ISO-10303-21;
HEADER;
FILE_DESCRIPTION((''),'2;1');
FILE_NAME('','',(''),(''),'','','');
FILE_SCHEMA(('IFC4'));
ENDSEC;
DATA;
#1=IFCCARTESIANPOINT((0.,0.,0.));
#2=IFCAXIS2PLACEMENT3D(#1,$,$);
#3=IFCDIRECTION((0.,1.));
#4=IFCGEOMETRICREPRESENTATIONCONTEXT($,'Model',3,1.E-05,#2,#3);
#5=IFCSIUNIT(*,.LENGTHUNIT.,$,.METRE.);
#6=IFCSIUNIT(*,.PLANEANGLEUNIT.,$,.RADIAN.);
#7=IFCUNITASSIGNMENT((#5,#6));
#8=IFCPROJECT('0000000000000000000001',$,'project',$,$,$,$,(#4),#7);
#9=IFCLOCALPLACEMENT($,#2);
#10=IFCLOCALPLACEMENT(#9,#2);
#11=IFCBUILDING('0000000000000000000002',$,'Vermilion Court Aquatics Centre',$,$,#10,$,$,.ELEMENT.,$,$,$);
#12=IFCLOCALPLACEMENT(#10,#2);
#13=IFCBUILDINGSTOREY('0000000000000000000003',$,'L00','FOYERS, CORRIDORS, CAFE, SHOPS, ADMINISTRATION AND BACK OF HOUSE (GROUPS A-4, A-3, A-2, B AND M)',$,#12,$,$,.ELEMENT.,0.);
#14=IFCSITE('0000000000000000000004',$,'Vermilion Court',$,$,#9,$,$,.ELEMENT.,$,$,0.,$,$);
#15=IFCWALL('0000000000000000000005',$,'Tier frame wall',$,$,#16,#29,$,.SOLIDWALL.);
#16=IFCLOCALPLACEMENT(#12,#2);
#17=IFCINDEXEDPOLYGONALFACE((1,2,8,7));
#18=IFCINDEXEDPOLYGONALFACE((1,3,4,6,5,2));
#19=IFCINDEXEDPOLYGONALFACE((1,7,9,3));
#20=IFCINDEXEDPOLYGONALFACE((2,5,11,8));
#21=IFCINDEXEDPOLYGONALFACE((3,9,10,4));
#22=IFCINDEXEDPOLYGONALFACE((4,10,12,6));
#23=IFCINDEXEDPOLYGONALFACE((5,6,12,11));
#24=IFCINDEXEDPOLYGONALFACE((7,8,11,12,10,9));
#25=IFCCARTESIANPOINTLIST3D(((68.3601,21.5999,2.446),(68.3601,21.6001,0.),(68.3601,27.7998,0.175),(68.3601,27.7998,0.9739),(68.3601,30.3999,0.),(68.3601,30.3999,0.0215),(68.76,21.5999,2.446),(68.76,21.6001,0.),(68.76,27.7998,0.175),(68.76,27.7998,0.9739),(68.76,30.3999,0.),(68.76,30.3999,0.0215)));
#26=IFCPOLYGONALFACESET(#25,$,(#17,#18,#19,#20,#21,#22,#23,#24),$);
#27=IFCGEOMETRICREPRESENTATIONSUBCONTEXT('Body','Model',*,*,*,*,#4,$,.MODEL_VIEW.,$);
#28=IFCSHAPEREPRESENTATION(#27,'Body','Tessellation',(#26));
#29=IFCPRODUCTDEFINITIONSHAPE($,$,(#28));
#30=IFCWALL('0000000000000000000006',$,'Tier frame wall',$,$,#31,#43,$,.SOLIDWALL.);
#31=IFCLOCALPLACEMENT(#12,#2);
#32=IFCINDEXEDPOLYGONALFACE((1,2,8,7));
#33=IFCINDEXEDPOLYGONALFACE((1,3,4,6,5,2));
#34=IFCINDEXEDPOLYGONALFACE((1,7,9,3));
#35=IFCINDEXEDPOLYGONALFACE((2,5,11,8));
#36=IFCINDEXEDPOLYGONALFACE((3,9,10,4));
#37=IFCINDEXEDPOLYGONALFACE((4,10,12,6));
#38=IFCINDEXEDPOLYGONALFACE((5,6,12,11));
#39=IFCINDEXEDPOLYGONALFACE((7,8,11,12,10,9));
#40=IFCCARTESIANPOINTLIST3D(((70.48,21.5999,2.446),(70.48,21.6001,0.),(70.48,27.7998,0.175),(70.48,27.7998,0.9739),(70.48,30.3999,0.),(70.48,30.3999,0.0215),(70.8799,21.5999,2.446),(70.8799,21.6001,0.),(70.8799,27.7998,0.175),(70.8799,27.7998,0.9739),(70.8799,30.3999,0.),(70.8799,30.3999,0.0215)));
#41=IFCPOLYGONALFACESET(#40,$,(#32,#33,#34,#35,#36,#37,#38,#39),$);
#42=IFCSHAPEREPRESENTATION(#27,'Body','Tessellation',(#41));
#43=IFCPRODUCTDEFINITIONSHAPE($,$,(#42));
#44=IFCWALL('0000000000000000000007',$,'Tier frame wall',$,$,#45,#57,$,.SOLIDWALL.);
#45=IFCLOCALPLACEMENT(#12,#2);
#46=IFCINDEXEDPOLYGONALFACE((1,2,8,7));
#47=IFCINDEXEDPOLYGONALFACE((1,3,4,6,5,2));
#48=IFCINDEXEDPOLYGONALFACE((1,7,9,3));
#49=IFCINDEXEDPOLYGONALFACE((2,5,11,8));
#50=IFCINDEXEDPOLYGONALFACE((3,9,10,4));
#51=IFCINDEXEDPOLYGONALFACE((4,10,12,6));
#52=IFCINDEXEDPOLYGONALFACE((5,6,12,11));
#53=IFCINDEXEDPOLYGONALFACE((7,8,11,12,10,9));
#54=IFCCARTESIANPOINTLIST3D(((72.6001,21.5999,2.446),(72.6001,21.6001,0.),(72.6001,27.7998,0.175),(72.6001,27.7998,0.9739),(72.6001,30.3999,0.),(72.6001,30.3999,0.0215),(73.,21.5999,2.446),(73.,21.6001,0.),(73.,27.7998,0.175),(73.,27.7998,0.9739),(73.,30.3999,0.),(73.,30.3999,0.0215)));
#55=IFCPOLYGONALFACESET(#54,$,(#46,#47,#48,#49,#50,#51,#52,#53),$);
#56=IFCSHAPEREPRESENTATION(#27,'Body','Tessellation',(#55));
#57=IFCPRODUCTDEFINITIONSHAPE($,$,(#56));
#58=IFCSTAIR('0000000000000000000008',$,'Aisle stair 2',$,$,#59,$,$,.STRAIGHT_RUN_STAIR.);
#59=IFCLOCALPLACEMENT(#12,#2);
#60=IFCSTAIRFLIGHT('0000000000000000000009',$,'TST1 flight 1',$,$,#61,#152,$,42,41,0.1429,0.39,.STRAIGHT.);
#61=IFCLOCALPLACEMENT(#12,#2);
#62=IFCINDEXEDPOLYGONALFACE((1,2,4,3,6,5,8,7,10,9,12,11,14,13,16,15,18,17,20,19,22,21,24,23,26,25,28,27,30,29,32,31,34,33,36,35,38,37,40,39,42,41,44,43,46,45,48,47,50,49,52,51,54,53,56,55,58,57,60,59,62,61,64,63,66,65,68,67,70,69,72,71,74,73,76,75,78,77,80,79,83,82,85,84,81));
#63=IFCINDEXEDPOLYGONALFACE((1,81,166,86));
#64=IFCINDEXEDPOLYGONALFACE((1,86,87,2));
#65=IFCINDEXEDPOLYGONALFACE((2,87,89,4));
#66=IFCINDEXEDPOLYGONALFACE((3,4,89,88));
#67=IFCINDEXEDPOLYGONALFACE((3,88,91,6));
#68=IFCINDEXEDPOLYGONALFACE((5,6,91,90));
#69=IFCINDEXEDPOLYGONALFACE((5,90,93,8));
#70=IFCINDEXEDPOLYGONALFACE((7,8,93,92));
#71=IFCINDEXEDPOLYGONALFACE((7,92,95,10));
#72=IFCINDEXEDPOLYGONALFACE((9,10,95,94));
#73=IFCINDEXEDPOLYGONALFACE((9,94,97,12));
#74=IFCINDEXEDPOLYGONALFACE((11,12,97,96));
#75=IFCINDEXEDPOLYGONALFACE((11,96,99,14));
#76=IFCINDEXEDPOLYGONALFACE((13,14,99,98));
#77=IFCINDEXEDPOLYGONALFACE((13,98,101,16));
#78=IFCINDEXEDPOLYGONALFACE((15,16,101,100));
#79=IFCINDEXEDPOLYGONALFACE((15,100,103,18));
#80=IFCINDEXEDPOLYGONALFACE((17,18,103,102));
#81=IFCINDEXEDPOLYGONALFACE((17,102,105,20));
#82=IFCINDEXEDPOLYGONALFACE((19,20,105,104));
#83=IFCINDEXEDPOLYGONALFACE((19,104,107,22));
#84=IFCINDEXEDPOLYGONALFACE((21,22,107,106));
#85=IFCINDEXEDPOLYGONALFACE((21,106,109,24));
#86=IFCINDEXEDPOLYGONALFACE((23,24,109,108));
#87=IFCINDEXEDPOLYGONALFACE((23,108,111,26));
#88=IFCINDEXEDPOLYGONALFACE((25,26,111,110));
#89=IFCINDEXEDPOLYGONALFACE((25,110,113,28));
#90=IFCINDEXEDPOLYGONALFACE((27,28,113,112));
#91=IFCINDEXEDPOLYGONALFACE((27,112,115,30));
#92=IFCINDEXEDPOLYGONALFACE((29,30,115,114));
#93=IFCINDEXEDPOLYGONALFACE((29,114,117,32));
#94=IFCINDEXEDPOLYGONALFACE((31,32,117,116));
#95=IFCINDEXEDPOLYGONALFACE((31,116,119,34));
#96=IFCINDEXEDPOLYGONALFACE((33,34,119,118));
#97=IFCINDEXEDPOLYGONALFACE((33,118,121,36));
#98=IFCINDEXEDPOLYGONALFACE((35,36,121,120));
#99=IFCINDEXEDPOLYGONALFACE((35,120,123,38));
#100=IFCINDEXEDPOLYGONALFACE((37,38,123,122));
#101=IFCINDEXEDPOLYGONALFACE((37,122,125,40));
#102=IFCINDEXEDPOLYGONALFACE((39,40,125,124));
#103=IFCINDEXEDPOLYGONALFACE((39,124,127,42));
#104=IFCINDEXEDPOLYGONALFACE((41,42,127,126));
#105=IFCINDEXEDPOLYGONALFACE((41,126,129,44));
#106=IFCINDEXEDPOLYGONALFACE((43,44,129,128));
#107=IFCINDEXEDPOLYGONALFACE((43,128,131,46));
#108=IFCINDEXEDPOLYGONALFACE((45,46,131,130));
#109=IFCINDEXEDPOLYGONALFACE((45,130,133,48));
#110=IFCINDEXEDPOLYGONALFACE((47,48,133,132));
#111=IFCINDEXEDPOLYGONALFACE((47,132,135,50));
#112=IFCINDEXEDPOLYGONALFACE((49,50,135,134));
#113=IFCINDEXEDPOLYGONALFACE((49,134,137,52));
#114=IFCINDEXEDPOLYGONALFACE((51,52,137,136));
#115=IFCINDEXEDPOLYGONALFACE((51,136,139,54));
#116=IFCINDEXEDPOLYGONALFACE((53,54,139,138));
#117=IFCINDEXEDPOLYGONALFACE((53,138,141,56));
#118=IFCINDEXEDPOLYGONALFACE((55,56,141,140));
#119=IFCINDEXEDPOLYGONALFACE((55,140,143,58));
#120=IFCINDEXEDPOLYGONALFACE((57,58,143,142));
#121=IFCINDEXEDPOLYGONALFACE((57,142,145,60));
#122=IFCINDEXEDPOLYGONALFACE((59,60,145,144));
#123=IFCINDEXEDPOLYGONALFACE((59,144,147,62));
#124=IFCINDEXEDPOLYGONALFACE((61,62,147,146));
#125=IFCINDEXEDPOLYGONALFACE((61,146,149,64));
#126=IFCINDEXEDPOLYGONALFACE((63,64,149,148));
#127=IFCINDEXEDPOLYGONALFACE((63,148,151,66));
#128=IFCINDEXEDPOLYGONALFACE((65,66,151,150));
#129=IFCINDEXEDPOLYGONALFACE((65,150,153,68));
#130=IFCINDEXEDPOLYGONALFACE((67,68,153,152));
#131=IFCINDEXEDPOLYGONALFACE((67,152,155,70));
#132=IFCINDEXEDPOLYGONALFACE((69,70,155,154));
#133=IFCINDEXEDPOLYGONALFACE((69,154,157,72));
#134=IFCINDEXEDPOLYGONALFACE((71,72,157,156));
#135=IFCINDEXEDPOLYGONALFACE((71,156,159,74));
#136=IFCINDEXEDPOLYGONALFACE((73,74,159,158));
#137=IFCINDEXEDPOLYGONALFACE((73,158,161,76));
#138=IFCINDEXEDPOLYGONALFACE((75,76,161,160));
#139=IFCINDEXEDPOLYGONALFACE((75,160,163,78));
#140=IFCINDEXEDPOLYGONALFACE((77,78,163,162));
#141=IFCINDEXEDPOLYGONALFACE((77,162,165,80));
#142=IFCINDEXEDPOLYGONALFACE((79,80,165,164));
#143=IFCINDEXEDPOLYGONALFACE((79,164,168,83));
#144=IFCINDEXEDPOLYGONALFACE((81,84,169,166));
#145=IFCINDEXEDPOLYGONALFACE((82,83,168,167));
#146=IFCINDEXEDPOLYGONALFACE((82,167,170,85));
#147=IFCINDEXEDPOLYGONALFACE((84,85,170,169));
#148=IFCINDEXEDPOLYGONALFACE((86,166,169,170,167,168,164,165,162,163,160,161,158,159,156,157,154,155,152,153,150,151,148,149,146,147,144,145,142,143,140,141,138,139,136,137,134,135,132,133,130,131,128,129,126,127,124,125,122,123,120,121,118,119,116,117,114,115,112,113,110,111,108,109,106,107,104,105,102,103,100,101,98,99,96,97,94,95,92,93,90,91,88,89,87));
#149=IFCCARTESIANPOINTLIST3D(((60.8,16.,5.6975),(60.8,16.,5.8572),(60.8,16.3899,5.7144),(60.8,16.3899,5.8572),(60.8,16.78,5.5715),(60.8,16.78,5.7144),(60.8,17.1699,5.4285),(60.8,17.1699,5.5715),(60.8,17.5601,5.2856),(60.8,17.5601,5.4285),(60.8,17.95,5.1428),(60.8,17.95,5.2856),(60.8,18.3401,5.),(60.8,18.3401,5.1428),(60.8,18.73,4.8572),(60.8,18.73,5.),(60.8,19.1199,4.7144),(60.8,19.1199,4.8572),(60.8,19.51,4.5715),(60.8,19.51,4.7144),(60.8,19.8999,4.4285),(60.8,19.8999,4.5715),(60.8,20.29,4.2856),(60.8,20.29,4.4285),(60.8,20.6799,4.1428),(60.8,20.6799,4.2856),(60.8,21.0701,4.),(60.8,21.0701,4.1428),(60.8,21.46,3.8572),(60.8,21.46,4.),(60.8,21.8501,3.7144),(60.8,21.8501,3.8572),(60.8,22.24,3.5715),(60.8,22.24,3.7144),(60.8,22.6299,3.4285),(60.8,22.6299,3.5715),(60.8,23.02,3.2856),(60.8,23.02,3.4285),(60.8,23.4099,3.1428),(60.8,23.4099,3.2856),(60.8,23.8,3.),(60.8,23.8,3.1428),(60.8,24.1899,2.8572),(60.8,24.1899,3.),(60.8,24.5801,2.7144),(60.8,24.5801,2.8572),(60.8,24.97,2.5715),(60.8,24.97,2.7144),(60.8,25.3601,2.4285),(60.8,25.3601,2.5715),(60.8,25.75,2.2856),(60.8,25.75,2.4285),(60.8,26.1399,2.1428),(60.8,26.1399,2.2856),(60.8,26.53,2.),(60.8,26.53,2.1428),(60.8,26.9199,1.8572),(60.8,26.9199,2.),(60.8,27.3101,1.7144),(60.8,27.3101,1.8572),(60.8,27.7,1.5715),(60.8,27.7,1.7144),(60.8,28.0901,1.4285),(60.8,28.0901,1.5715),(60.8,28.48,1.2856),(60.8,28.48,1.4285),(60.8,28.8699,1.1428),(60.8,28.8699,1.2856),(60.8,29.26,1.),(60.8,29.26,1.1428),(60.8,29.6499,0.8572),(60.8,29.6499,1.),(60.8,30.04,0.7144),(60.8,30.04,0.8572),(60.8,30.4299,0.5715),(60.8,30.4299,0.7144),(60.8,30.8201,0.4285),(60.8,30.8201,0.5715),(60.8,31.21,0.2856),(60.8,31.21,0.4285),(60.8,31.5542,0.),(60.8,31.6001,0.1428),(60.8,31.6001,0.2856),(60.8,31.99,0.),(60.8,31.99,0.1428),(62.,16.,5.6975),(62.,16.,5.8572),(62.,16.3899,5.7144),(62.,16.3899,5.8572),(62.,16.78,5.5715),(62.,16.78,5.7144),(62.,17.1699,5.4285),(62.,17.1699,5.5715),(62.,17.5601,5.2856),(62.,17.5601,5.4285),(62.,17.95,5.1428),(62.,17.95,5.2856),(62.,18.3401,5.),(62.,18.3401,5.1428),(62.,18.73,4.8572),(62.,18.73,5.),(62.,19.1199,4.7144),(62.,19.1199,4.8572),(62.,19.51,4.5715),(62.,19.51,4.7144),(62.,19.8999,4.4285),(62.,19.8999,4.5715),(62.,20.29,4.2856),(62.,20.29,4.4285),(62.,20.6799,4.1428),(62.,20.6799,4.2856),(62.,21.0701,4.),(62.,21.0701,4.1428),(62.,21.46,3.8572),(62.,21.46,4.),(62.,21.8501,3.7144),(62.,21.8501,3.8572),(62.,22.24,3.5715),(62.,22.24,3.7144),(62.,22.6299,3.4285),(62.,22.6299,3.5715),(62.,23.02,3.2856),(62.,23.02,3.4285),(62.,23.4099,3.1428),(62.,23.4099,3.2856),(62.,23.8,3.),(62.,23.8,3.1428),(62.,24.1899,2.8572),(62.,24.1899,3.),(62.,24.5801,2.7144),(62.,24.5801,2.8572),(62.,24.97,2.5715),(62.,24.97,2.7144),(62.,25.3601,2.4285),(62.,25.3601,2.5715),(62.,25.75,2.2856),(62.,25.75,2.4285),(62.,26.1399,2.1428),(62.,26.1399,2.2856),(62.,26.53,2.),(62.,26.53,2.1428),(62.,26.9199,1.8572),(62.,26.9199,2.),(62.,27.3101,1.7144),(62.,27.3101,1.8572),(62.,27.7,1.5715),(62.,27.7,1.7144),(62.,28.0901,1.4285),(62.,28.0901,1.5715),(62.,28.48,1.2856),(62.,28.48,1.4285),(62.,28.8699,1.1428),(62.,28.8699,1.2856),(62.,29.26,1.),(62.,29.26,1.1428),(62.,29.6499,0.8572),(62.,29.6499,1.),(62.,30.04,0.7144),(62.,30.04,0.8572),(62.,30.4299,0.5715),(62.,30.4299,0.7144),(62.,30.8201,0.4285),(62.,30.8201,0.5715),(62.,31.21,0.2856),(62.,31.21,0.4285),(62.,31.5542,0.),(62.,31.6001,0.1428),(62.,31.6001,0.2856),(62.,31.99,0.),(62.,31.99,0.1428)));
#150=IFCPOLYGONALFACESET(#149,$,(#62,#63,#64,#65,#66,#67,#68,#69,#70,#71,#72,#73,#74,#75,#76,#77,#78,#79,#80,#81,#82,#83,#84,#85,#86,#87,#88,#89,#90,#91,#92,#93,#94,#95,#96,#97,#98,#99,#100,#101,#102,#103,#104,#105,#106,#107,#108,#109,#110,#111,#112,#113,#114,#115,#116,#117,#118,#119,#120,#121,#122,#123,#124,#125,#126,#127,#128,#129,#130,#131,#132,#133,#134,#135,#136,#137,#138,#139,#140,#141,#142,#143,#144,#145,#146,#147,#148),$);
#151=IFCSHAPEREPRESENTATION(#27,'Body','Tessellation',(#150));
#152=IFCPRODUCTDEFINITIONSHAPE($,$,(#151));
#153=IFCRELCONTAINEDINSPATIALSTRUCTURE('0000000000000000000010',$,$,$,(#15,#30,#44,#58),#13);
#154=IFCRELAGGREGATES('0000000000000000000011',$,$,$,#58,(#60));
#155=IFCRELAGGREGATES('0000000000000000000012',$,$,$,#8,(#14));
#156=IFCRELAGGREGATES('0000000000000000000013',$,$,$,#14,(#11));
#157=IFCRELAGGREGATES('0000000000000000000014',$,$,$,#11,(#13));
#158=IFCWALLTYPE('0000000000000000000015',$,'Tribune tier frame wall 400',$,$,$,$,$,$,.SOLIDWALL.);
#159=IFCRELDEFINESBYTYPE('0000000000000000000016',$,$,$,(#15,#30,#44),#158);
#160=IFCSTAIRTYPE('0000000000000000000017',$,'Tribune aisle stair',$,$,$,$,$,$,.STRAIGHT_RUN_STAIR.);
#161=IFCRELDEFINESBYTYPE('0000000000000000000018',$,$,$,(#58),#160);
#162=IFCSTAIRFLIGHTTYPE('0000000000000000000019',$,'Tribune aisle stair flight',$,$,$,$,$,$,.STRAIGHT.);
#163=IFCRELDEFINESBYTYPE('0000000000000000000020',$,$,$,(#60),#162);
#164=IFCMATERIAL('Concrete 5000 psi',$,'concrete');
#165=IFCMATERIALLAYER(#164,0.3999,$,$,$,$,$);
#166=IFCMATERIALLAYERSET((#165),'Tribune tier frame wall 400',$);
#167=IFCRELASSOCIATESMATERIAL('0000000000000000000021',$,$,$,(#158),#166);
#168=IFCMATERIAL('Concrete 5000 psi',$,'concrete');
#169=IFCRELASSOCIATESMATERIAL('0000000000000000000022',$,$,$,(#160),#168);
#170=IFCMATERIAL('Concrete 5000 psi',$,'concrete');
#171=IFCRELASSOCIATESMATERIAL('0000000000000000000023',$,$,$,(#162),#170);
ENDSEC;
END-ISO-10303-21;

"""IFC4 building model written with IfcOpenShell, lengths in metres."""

from ifc_helpers import new_model, si_unit, direction, frame, origin, place, context, subcontext, project, spatial, polyline, outline, extrude, material, layer, layer_set, type_object, element, aggregate, save


model = new_model("IFC4")

# Units and contexts
model_context = context("Model", 3, precision=1e-05, world=origin(), true_north=direction((0.0, 1.0)))
body_context = subcontext(model_context, "Body", "Model", "MODEL_VIEW")
ifc_project = project(units=[si_unit("LENGTHUNIT", "METRE"), si_unit("PLANEANGLEUNIT", "RADIAN")], contexts=[model_context])

# Site, building, storey
site_placement = place(None, origin())
site = spatial("IfcSite", under=ifc_project, at=site_placement, Name="Vermilion Court", CompositionType="ELEMENT", RefElevation=0.0)
building_placement = place(site_placement, origin())
building = spatial("IfcBuilding", under=site, at=building_placement, Name="Vermilion Court Aquatics Centre", CompositionType="ELEMENT")
storey_placement = place(building_placement, origin())
storey = spatial("IfcBuildingStorey", under=building, at=storey_placement, Name="L00", Description="FOYERS, CORRIDORS, CAFE, SHOPS, ADMINISTRATION AND BACK OF HOUSE (GROUPS A-4, A-3, A-2, B AND M)", CompositionType="ELEMENT", Elevation=0.0)

# Walls
ifc_material_1 = material(Name="Concrete 5000 psi", Category="concrete")
ifc_layer_1 = layer(ifc_material_1, 0.3999)
ifc_layer_set_1 = layer_set([ifc_layer_1], Name="Tribune tier frame wall 400")
wall_type_1 = type_object("IfcWallType", Name="Tribune tier frame wall 400", PredefinedType="SOLIDWALL", material=ifc_layer_set_1)
for number, where, z_axis, x_axis, name in (
    (1, (68.5601, 30.3999, 0.0), (0.0, 0.0, 1.0), (0.0, -1.0, 0.0), "Tier frame wall"),
    (2, (70.6799, 30.3999, 0.0), (0.0, 0.0, 1.0), (0.0, -1.0, 0.0), "Tier frame wall"),
    (3, (72.8, 30.3999, 0.0), (0.0, 0.0, 1.0), (0.0, -1.0, 0.0), "Tier frame wall"),
):
    element("IfcWall", number, at=place(storey_placement, frame(where, z_axis=z_axis, x_axis=x_axis)), inside=storey, type_object=wall_type_1, Name=name, PredefinedType="SOLIDWALL", context=body_context, shape_type="SweptSolid", body=[
        extrude(outline(polyline([(0.0, 0.0), (8.7998, 0.0), (8.8, 2.446), (2.6001, 0.175), (2.6001, 0.9739), (0.0, 0.0215), (0.0, 0.0)])), frame((0.0, 0.2, 0.0), z_axis=(0.0, -1.0, 0.0), x_axis=(1.0, 0.0, 0.0)), (0.0, 0.0, 1.0), 0.3999),
    ])

# Stair, stair flight
ifc_material_2 = material(Name="Concrete 5000 psi", Category="concrete")
stair_type = type_object("IfcStairType", Name="Tribune aisle stair", PredefinedType="STRAIGHT_RUN_STAIR", material=ifc_material_2)
stair_1_placement = place(storey_placement, origin())
stair_1 = element("IfcStair", 4, at=stair_1_placement, inside=storey, type_object=stair_type, Name="Aisle stair 2", PredefinedType="STRAIGHT_RUN_STAIR")
ifc_material_3 = material(Name="Concrete 5000 psi", Category="concrete")
stair_flight_type = type_object("IfcStairFlightType", Name="Tribune aisle stair flight", PredefinedType="STRAIGHT", material=ifc_material_3)
stair_flight_1_placement = place(storey_placement, frame((61.3999, 31.99, 0.0), z_axis=(0.0, 0.0, 1.0), x_axis=(0.0, -1.0, 0.0)))
stair_flight_1 = element("IfcStairFlight", 5, at=stair_flight_1_placement, type_object=stair_flight_type, Name="TST1 flight 1", NumberOfRisers=42, NumberOfTreads=41, PredefinedType="STRAIGHT", RiserHeight=0.1429, TreadLength=0.39, context=body_context, shape_type="SweptSolid", body=[
    extrude(outline(polyline([(0.0, 0.0), (0.0, 0.1428), (0.3899, 0.1428), (0.3899, 0.2856), (0.78, 0.2856), (0.78, 0.4285), (1.1699, 0.4285), (1.1699, 0.5715), (1.5601, 0.5715), (1.5601, 0.7144), (1.95, 0.7144), (1.95, 0.8572), (2.3401, 0.8572), (2.3401, 1.0), (2.73, 1.0), (2.73, 1.1428), (3.1201, 1.1428), (3.1201, 1.2856), (3.51, 1.2856), (3.51, 1.4285), (3.8999, 1.4285), (3.8999, 1.5715), (4.29, 1.5715), (4.29, 1.7144), (4.6799, 1.7144), (4.6799, 1.8572), (5.0701, 1.8572), (5.0701, 2.0), (5.46, 2.0), (5.46, 2.1428), (5.8501, 2.1428), (5.8501, 2.2856), (6.24, 2.2856), (6.24, 2.4285), (6.6299, 2.4285), (6.6299, 2.5715), (7.02, 2.5715), (7.02, 2.7144), (7.4099, 2.7144), (7.4099, 2.8572), (7.8, 2.8572), (7.8, 3.0), (8.1899, 3.0), (8.1899, 3.1428), (8.5801, 3.1428), (8.5801, 3.2856), (8.97, 3.2856), (8.97, 3.4285), (9.3601, 3.4285), (9.3601, 3.5715), (9.75, 3.5715), (9.75, 3.7144), (10.1399, 3.7144), (10.1399, 3.8572), (10.53, 3.8572), (10.53, 4.0), (10.9199, 4.0), (10.9199, 4.1428), (11.3101, 4.1428), (11.3101, 4.2856), (11.7, 4.2856), (11.7, 4.4285), (12.0901, 4.4285), (12.0901, 4.5715), (12.48, 4.5715), (12.48, 4.7144), (12.8701, 4.7144), (12.8701, 4.8572), (13.26, 4.8572), (13.26, 5.0), (13.6499, 5.0), (13.6499, 5.1428), (14.04, 5.1428), (14.04, 5.2856), (14.4299, 5.2856), (14.4299, 5.4285), (14.8201, 5.4285), (14.8201, 5.5715), (15.21, 5.5715), (15.21, 5.7144), (15.6001, 5.7144), (15.6001, 5.8572), (15.99, 5.8572), (15.99, 6.0), (15.99, 5.6975), (0.4358, 0.0), (0.0, 0.0)])), frame((0.0, 0.6001, 0.0), z_axis=(0.0, -1.0, 0.0), x_axis=(1.0, 0.0, 0.0)), (0.0, 0.0, 1.0), 1.2),
])
aggregate(stair_1, [stair_flight_1])

save(model, "model.ifc")
